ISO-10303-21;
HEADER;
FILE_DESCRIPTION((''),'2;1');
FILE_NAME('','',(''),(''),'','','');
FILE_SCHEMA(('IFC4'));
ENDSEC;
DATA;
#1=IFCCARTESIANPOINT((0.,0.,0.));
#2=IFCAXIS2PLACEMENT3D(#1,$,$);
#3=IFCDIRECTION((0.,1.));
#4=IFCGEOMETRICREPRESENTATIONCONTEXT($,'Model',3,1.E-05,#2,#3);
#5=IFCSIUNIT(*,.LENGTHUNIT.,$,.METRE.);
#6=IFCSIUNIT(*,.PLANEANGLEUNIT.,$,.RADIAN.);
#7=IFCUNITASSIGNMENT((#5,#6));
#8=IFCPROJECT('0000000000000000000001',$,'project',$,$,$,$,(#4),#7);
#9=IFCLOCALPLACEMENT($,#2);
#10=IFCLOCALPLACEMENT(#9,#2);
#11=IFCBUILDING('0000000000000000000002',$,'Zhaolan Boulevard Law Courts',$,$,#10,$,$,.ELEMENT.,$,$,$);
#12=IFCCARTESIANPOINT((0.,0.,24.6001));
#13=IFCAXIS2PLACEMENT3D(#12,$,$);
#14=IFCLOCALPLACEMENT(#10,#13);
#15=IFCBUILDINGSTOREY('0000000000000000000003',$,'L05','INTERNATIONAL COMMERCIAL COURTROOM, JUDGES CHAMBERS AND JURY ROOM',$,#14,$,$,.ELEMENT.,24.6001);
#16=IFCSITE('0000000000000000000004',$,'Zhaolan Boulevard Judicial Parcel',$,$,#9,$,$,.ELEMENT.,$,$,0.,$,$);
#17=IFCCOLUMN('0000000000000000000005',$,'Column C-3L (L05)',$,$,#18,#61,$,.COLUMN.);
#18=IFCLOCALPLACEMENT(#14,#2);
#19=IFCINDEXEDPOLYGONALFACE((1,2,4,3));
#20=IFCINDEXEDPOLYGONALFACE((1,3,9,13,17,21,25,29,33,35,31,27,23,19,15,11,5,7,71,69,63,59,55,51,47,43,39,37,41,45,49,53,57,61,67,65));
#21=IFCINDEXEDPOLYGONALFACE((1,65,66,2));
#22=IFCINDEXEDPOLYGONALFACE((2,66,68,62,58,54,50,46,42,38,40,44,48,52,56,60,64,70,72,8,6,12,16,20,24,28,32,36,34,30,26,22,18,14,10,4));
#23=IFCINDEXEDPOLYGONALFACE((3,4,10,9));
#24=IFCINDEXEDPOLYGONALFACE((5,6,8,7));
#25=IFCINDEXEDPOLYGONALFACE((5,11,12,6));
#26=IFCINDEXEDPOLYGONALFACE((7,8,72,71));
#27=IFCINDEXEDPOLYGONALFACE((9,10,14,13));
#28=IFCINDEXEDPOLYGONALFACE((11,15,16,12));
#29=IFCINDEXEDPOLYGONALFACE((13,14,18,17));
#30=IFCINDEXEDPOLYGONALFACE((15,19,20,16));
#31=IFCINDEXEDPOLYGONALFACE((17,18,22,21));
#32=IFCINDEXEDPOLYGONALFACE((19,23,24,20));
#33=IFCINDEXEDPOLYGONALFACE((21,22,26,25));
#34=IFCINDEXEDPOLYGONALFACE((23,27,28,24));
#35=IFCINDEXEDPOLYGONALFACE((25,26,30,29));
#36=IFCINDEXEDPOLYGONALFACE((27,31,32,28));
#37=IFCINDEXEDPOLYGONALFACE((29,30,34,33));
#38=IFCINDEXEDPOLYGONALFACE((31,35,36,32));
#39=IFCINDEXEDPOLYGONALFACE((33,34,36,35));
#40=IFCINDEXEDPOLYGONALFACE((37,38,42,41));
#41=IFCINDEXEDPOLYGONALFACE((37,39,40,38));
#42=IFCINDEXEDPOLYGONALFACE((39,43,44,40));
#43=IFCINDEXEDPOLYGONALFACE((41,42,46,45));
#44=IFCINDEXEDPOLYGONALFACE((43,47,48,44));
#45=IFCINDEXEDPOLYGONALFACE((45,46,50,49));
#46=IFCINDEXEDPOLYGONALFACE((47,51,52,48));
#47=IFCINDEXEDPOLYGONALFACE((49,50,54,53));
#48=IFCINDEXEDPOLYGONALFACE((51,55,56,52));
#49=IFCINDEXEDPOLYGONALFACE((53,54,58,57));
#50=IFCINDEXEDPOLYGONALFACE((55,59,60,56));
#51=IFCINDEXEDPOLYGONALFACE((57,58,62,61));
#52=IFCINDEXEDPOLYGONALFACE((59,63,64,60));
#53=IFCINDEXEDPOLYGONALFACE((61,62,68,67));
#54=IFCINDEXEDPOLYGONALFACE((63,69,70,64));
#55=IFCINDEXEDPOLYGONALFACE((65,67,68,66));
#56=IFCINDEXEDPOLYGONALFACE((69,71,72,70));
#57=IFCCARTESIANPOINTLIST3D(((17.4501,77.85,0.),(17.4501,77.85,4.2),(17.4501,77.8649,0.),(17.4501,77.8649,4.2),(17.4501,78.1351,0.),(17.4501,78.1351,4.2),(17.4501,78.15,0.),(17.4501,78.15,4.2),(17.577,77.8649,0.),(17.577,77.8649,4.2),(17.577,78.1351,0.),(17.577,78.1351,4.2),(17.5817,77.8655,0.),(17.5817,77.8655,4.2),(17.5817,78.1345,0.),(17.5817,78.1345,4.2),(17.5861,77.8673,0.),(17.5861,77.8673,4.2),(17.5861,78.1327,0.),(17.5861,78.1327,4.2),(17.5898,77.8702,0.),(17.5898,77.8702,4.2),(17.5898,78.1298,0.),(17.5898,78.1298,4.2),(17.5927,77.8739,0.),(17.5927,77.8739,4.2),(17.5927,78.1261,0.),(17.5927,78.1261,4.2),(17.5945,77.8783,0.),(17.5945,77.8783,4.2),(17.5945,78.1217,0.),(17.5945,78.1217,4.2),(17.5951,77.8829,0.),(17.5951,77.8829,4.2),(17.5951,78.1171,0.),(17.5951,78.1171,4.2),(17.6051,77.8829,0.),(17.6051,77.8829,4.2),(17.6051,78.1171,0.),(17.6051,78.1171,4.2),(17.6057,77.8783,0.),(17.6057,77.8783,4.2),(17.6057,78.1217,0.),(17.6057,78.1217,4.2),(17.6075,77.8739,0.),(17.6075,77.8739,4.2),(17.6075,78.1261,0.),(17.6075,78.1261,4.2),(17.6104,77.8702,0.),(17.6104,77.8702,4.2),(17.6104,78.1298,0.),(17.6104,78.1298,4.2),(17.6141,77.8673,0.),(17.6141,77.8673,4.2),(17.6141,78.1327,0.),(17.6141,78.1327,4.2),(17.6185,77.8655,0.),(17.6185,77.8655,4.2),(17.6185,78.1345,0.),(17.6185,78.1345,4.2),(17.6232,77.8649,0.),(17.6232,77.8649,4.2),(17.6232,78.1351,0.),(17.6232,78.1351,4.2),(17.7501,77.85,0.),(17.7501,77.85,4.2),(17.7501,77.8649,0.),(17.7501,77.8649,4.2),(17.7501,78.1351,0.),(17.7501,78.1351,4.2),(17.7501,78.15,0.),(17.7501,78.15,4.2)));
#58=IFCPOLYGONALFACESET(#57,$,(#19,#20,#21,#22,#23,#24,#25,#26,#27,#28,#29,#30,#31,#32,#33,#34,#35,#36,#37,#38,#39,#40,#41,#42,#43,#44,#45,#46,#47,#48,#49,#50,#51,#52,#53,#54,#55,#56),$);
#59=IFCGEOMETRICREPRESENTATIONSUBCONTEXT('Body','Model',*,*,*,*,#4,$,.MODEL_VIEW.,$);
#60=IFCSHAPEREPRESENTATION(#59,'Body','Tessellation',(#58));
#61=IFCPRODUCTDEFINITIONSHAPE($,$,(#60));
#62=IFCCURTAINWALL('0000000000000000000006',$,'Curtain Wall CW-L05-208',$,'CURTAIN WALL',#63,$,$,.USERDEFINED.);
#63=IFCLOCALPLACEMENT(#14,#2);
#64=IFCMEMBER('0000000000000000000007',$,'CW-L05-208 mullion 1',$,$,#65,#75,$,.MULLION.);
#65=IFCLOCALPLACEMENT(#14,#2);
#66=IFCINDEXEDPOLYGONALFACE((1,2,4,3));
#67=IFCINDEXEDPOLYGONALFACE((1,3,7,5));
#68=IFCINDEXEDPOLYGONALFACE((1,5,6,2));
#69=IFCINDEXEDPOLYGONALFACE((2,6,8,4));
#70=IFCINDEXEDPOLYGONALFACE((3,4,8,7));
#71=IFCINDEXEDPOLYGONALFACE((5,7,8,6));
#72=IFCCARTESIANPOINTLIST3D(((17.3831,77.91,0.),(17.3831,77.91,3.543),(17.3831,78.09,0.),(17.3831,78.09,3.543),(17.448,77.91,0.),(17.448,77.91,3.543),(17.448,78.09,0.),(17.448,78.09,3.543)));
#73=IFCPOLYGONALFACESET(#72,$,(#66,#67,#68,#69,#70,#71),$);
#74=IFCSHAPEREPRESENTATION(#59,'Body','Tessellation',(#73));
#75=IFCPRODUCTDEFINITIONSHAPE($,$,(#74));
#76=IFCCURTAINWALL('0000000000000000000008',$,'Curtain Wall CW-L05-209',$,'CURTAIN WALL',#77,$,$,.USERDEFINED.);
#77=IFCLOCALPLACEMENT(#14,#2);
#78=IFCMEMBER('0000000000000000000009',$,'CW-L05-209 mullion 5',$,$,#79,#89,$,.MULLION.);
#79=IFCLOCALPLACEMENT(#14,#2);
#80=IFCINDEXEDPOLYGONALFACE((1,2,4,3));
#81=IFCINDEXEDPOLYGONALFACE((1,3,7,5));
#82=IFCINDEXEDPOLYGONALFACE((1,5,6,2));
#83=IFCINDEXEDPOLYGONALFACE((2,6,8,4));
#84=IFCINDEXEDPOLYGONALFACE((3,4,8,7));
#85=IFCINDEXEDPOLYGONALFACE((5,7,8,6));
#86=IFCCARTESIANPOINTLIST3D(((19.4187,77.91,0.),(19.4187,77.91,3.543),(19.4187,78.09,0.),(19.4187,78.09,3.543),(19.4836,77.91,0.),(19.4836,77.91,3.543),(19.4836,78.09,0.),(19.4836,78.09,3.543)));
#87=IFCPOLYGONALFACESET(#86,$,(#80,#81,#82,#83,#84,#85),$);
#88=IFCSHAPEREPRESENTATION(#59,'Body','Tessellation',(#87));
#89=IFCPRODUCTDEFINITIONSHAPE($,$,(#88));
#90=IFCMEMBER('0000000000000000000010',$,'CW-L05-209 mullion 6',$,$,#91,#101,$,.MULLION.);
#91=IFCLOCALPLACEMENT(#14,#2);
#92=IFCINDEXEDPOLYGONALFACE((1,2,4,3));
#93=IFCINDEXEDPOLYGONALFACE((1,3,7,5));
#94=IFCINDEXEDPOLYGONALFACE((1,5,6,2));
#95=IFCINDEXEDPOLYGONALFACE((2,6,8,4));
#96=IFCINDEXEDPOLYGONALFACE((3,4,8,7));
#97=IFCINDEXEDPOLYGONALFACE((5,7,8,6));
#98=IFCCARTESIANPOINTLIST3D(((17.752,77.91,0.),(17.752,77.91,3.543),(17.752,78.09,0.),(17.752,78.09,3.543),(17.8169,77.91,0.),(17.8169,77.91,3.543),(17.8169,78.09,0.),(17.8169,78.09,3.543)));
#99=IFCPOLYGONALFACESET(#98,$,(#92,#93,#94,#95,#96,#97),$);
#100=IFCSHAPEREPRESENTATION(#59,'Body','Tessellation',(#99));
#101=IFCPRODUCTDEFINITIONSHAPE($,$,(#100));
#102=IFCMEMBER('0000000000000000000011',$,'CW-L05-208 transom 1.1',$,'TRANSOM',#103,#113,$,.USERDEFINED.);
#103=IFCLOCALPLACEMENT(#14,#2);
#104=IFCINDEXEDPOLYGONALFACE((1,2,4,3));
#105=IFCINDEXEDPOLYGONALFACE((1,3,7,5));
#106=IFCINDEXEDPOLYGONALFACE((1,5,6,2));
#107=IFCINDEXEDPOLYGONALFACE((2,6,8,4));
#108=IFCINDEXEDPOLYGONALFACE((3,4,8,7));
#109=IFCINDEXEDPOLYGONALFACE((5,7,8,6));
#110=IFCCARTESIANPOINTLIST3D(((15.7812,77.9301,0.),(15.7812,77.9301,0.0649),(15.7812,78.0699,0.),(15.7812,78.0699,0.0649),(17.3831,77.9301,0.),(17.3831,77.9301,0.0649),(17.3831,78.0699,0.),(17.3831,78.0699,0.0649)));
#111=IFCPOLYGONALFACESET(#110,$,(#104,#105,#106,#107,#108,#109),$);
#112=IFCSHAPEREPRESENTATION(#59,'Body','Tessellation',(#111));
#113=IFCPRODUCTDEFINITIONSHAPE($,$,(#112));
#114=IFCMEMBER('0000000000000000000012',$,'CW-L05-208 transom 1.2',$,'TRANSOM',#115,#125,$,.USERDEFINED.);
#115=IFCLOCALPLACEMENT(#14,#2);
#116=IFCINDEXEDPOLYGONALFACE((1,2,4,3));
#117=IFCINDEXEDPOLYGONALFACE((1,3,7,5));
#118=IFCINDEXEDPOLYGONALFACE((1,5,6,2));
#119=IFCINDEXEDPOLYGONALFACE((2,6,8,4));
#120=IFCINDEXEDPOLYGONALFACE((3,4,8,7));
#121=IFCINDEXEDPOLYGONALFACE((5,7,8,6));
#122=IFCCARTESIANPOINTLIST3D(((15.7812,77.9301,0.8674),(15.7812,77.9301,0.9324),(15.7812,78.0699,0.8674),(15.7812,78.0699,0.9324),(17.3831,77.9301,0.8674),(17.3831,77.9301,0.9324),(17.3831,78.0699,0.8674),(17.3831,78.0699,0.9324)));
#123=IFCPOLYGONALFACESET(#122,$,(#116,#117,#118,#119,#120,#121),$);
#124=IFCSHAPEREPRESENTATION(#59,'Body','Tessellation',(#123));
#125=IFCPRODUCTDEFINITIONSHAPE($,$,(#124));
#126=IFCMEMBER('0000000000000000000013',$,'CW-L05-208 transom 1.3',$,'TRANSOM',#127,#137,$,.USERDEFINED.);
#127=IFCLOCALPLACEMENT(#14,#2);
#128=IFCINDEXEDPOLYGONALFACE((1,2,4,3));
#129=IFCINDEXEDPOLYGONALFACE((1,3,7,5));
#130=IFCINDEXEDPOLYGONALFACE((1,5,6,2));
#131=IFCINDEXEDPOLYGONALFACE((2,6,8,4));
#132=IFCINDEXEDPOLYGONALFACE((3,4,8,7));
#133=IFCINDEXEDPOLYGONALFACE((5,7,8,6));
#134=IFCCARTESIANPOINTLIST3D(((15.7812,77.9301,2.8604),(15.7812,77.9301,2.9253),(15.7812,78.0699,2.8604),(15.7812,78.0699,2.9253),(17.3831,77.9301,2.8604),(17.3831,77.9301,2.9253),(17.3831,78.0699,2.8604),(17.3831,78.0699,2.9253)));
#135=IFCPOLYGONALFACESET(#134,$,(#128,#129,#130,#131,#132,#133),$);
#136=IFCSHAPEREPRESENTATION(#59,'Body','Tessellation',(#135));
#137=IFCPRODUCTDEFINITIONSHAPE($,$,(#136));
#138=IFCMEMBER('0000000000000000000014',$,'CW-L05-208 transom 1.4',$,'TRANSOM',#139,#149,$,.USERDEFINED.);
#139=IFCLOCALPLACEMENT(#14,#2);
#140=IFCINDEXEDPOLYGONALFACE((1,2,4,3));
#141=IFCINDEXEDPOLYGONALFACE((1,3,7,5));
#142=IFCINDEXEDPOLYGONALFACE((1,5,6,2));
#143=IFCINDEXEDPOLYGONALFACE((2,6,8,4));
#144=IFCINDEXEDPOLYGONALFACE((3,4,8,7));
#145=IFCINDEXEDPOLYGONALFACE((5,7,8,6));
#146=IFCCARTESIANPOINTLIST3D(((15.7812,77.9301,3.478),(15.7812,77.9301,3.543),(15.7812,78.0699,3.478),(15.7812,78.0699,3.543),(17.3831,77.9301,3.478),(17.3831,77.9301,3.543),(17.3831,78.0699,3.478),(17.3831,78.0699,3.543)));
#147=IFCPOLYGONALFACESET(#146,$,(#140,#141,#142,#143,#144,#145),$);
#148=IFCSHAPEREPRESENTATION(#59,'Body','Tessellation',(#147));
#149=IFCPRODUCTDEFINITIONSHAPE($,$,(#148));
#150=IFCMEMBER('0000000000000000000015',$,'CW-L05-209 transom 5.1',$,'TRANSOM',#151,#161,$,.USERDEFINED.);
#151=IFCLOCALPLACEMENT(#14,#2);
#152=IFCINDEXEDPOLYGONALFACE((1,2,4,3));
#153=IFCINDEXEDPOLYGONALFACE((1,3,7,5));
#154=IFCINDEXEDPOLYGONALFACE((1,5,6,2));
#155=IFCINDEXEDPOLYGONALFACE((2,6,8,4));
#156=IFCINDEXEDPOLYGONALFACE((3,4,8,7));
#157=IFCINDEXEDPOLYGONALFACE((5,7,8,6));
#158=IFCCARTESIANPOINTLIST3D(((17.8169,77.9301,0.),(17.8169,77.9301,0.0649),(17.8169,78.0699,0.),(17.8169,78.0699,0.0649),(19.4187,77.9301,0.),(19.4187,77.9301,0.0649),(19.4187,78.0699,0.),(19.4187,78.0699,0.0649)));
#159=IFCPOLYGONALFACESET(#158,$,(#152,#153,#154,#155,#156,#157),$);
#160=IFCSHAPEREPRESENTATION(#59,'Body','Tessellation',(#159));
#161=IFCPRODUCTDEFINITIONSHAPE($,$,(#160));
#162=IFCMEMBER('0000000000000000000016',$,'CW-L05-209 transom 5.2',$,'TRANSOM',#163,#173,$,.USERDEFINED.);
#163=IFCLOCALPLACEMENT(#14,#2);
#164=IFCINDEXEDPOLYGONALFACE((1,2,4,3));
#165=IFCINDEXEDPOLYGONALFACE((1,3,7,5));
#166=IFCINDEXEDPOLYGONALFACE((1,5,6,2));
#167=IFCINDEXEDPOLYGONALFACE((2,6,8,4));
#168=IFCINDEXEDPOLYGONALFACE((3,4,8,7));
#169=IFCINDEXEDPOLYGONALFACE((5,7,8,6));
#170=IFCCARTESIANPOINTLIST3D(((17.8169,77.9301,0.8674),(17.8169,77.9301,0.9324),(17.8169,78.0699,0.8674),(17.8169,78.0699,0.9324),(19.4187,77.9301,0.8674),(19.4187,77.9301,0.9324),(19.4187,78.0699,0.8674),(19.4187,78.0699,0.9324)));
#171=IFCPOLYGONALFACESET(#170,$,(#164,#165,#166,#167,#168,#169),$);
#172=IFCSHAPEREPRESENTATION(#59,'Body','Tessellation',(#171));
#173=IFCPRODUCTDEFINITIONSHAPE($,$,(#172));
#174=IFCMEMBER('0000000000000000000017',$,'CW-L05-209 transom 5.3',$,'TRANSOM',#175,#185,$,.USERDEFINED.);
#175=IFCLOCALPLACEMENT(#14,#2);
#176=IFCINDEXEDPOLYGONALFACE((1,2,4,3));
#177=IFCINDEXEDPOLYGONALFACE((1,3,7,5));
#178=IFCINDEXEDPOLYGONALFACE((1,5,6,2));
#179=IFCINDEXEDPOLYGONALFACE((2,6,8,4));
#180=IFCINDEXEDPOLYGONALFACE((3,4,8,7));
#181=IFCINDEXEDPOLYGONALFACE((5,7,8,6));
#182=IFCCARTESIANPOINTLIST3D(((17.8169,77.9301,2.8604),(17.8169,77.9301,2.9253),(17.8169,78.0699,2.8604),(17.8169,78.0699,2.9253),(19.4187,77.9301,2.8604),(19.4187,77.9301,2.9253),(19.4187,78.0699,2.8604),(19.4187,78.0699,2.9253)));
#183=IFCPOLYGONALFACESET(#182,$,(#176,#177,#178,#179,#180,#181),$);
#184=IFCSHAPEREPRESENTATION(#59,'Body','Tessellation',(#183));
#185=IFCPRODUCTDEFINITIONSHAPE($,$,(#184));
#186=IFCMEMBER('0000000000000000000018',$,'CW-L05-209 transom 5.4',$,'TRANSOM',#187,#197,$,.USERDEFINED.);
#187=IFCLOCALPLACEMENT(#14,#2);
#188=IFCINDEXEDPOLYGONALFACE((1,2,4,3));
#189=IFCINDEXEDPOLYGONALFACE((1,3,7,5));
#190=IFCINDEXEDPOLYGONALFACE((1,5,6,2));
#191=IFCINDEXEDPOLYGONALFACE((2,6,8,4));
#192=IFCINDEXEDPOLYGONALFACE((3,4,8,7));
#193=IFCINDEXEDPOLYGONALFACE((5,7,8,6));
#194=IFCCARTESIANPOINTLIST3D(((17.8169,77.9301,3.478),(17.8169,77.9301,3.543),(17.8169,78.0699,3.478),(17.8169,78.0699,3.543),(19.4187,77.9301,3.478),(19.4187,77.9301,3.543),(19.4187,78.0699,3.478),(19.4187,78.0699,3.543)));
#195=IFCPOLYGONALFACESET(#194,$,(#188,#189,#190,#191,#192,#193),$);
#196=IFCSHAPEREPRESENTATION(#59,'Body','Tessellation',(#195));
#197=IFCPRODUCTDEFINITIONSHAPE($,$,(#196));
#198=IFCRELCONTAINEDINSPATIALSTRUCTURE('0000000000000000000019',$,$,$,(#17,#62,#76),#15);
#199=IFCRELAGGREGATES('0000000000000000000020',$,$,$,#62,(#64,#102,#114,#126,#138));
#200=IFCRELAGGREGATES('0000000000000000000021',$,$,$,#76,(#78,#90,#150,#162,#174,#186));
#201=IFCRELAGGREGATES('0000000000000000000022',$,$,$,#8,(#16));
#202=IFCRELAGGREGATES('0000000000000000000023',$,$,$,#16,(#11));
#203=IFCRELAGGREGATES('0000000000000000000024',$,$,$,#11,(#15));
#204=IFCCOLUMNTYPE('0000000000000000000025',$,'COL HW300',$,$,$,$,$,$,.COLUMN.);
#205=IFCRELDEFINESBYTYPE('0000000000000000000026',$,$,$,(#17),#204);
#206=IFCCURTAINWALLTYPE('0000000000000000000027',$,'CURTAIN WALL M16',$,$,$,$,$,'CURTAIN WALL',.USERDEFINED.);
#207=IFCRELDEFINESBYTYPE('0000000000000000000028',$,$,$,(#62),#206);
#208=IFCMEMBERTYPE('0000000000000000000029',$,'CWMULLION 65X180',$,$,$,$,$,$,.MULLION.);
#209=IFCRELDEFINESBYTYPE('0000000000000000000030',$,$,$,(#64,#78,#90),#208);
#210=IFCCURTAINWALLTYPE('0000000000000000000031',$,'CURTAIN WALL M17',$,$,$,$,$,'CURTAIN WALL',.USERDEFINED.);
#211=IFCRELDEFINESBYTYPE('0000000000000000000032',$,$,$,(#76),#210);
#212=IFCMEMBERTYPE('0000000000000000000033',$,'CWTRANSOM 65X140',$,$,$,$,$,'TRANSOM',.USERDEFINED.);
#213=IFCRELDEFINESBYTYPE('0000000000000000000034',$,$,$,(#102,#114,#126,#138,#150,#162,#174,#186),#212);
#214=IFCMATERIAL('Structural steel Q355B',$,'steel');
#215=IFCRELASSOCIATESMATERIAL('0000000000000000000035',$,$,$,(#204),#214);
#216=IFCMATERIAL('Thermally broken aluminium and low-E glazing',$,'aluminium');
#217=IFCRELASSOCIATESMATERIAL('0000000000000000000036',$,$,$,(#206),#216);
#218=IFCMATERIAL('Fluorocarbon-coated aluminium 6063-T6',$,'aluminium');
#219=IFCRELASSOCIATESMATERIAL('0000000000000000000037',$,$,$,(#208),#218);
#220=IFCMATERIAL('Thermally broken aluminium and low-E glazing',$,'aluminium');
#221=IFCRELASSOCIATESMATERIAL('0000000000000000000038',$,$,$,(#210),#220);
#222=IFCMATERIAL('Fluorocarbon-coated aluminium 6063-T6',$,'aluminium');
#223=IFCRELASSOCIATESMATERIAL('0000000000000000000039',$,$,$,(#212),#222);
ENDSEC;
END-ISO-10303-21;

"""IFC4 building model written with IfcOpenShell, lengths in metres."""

from ifc_helpers import new_model, si_unit, direction, frame, origin, origin_2d, place, context, subcontext, project, spatial, rectangle, i_section, extrude, material, material_profile, profile_set, type_object, element, aggregate, save


model = new_model("IFC4")

# Units and contexts
model_context = context("Model", 3, precision=1e-05, world=origin(), true_north=direction((0.0, 1.0)))
body_context = subcontext(model_context, "Body", "Model", "MODEL_VIEW")
ifc_project = project(units=[si_unit("LENGTHUNIT", "METRE"), si_unit("PLANEANGLEUNIT", "RADIAN")], contexts=[model_context])

# Site, building, storey
site_placement = place(None, origin())
site = spatial("IfcSite", under=ifc_project, at=site_placement, Name="Zhaolan Boulevard Judicial Parcel", CompositionType="ELEMENT", RefElevation=0.0)
building_placement = place(site_placement, origin())
building = spatial("IfcBuilding", under=site, at=building_placement, Name="Zhaolan Boulevard Law Courts", CompositionType="ELEMENT")
storey_placement = place(building_placement, frame((0.0, 0.0, 24.6001)))
storey = spatial("IfcBuildingStorey", under=building, at=storey_placement, Name="L05", Description="INTERNATIONAL COMMERCIAL COURTROOM, JUDGES CHAMBERS AND JURY ROOM", CompositionType="ELEMENT", Elevation=24.6001)

# Column
ifc_material_1 = material(Name="Structural steel Q355B", Category="steel")
ifc_material_profile_1 = material_profile(ifc_material_1, i_section(OverallWidth=0.3, OverallDepth=0.3, WebThickness=0.01, FlangeThickness=0.0149, FilletRadius=0.0181, at=origin_2d()), Name="HW300x300")
ifc_profile_set_1 = profile_set([ifc_material_profile_1], Name="Structural steel Q355B")
column_type = type_object("IfcColumnType", Name="COL HW300", PredefinedType="COLUMN", material=ifc_profile_set_1)
column_placement = place(storey_placement, frame((17.6001, 78.0, 0.0), z_axis=(0.0, 0.0, 1.0), x_axis=(1.0, 0.0, 0.0)))
element("IfcColumn", 1, at=column_placement, inside=storey, type_object=column_type, Name="Column C-3L (L05)", PredefinedType="COLUMN", context=body_context, shape_type="SweptSolid", body=[
    extrude(i_section(OverallWidth=0.3, OverallDepth=0.3, WebThickness=0.01, FlangeThickness=0.0149, FilletRadius=0.0181, at=origin_2d()), origin(), (0.0, 0.0, 1.0), 4.2),
])

# Curtain wall, member
ifc_material_2 = material(Name="Thermally broken aluminium and low-E glazing", Category="aluminium")
curtain_wall_type_1 = type_object("IfcCurtainWallType", Name="CURTAIN WALL M16", ElementType="CURTAIN WALL", PredefinedType="USERDEFINED", material=ifc_material_2)
curtain_wall_1_placement = place(storey_placement, origin())
curtain_wall_1 = element("IfcCurtainWall", 2, at=curtain_wall_1_placement, inside=storey, type_object=curtain_wall_type_1, Name="Curtain Wall CW-L05-208", ObjectType="CURTAIN WALL", PredefinedType="USERDEFINED")
ifc_material_3 = material(Name="Fluorocarbon-coated aluminium 6063-T6", Category="aluminium")
ifc_material_profile_2 = material_profile(ifc_material_3, rectangle(XDim=0.1799, YDim=0.0649, at=origin_2d()), Name="AL65x180")
ifc_profile_set_2 = profile_set([ifc_material_profile_2], Name="Fluorocarbon-coated aluminium 6063-T6")
member_type_1 = type_object("IfcMemberType", Name="CWMULLION 65X180", PredefinedType="MULLION", material=ifc_profile_set_2)
member_1_placement = place(storey_placement, frame((17.4155, 78.0, 0.0), z_axis=(0.0, 0.0, 1.0), x_axis=(0.0, -1.0, 0.0)))
member_1 = element("IfcMember", 3, at=member_1_placement, type_object=member_type_1, Name="CW-L05-208 mullion 1", PredefinedType="MULLION", context=body_context, shape_type="SweptSolid", body=[
    extrude(rectangle(XDim=0.1799, YDim=0.0649, at=origin_2d()), origin(), (0.0, 0.0, 1.0), 3.543),
])

# Curtain wall, members
ifc_material_4 = material(Name="Thermally broken aluminium and low-E glazing", Category="aluminium")
curtain_wall_type_2 = type_object("IfcCurtainWallType", Name="CURTAIN WALL M17", ElementType="CURTAIN WALL", PredefinedType="USERDEFINED", material=ifc_material_4)
curtain_wall_2_placement = place(storey_placement, origin())
curtain_wall_2 = element("IfcCurtainWall", 4, at=curtain_wall_2_placement, inside=storey, type_object=curtain_wall_type_2, Name="Curtain Wall CW-L05-209", ObjectType="CURTAIN WALL", PredefinedType="USERDEFINED")
member_2_placement = place(storey_placement, frame((19.4512, 78.0, 0.0), z_axis=(0.0, 0.0, 1.0), x_axis=(0.0, -1.0, 0.0)))
member_2 = element("IfcMember", 5, at=member_2_placement, type_object=member_type_1, Name="CW-L05-209 mullion 5", PredefinedType="MULLION", context=body_context, shape_type="SweptSolid", body=[
    extrude(rectangle(XDim=0.1799, YDim=0.0649, at=origin_2d()), origin(), (0.0, 0.0, 1.0), 3.543),
])
member_3_placement = place(storey_placement, frame((17.7844, 78.0, 0.0), z_axis=(0.0, 0.0, 1.0), x_axis=(0.0, -1.0, 0.0)))
member_3 = element("IfcMember", 6, at=member_3_placement, type_object=member_type_1, Name="CW-L05-209 mullion 6", PredefinedType="MULLION", context=body_context, shape_type="SweptSolid", body=[
    extrude(rectangle(XDim=0.1799, YDim=0.0649, at=origin_2d()), origin(), (0.0, 0.0, 1.0), 3.543),
])

# Members
ifc_material_5 = material(Name="Fluorocarbon-coated aluminium 6063-T6", Category="aluminium")
ifc_material_profile_3 = material_profile(ifc_material_5, rectangle(XDim=0.1399, YDim=0.0649, at=origin_2d()), Name="AL65x140")
ifc_profile_set_3 = profile_set([ifc_material_profile_3], Name="Fluorocarbon-coated aluminium 6063-T6")
member_type_2 = type_object("IfcMemberType", Name="CWTRANSOM 65X140", ElementType="TRANSOM", PredefinedType="USERDEFINED", material=ifc_profile_set_3)
member_4_placement = place(storey_placement, frame((17.3831, 78.0, 0.0325), z_axis=(-1.0, 0.0, 0.0), x_axis=(0.0, -1.0, 0.0)))
member_4 = element("IfcMember", 7, at=member_4_placement, type_object=member_type_2, Name="CW-L05-208 transom 1.1", ObjectType="TRANSOM", PredefinedType="USERDEFINED", context=body_context, shape_type="SweptSolid", body=[
    extrude(rectangle(XDim=0.1399, YDim=0.0649, at=origin_2d()), origin(), (0.0, 0.0, 1.0), 1.6018),
])
member_5_placement = place(storey_placement, frame((17.3831, 78.0, 0.8999), z_axis=(-1.0, 0.0, 0.0), x_axis=(0.0, -1.0, 0.0)))
member_5 = element("IfcMember", 8, at=member_5_placement, type_object=member_type_2, Name="CW-L05-208 transom 1.2", ObjectType="TRANSOM", PredefinedType="USERDEFINED", context=body_context, shape_type="SweptSolid", body=[
    extrude(rectangle(XDim=0.1399, YDim=0.0649, at=origin_2d()), origin(), (0.0, 0.0, 1.0), 1.6018),
])
member_6_placement = place(storey_placement, frame((17.3831, 78.0, 2.8928), z_axis=(-1.0, 0.0, 0.0), x_axis=(0.0, -1.0, 0.0)))
member_6 = element("IfcMember", 9, at=member_6_placement, type_object=member_type_2, Name="CW-L05-208 transom 1.3", ObjectType="TRANSOM", PredefinedType="USERDEFINED", context=body_context, shape_type="SweptSolid", body=[
    extrude(rectangle(XDim=0.1399, YDim=0.0649, at=origin_2d()), origin(), (0.0, 0.0, 1.0), 1.6018),
])
member_7_placement = place(storey_placement, frame((17.3831, 78.0, 3.5105), z_axis=(-1.0, 0.0, 0.0), x_axis=(0.0, -1.0, 0.0)))
member_7 = element("IfcMember", 10, at=member_7_placement, type_object=member_type_2, Name="CW-L05-208 transom 1.4", ObjectType="TRANSOM", PredefinedType="USERDEFINED", context=body_context, shape_type="SweptSolid", body=[
    extrude(rectangle(XDim=0.1399, YDim=0.0649, at=origin_2d()), origin(), (0.0, 0.0, 1.0), 1.6018),
])
member_8_placement = place(storey_placement, frame((19.4187, 78.0, 0.0325), z_axis=(-1.0, 0.0, 0.0), x_axis=(0.0, -1.0, 0.0)))
member_8 = element("IfcMember", 11, at=member_8_placement, type_object=member_type_2, Name="CW-L05-209 transom 5.1", ObjectType="TRANSOM", PredefinedType="USERDEFINED", context=body_context, shape_type="SweptSolid", body=[
    extrude(rectangle(XDim=0.1399, YDim=0.0649, at=origin_2d()), origin(), (0.0, 0.0, 1.0), 1.6018),
])
member_9_placement = place(storey_placement, frame((19.4187, 78.0, 0.8999), z_axis=(-1.0, 0.0, 0.0), x_axis=(0.0, -1.0, 0.0)))
member_9 = element("IfcMember", 12, at=member_9_placement, type_object=member_type_2, Name="CW-L05-209 transom 5.2", ObjectType="TRANSOM", PredefinedType="USERDEFINED", context=body_context, shape_type="SweptSolid", body=[
    extrude(rectangle(XDim=0.1399, YDim=0.0649, at=origin_2d()), origin(), (0.0, 0.0, 1.0), 1.6018),
])
member_10_placement = place(storey_placement, frame((19.4187, 78.0, 2.8928), z_axis=(-1.0, 0.0, 0.0), x_axis=(0.0, -1.0, 0.0)))
member_10 = element("IfcMember", 13, at=member_10_placement, type_object=member_type_2, Name="CW-L05-209 transom 5.3", ObjectType="TRANSOM", PredefinedType="USERDEFINED", context=body_context, shape_type="SweptSolid", body=[
    extrude(rectangle(XDim=0.1399, YDim=0.0649, at=origin_2d()), origin(), (0.0, 0.0, 1.0), 1.6018),
])
member_11_placement = place(storey_placement, frame((19.4187, 78.0, 3.5105), z_axis=(-1.0, 0.0, 0.0), x_axis=(0.0, -1.0, 0.0)))
member_11 = element("IfcMember", 14, at=member_11_placement, type_object=member_type_2, Name="CW-L05-209 transom 5.4", ObjectType="TRANSOM", PredefinedType="USERDEFINED", context=body_context, shape_type="SweptSolid", body=[
    extrude(rectangle(XDim=0.1399, YDim=0.0649, at=origin_2d()), origin(), (0.0, 0.0, 1.0), 1.6018),
])

aggregate(curtain_wall_1, [member_1, member_4, member_5, member_6, member_7])
aggregate(curtain_wall_2, [member_2, member_3, member_8, member_9, member_10, member_11])

save(model, "model.ifc")
